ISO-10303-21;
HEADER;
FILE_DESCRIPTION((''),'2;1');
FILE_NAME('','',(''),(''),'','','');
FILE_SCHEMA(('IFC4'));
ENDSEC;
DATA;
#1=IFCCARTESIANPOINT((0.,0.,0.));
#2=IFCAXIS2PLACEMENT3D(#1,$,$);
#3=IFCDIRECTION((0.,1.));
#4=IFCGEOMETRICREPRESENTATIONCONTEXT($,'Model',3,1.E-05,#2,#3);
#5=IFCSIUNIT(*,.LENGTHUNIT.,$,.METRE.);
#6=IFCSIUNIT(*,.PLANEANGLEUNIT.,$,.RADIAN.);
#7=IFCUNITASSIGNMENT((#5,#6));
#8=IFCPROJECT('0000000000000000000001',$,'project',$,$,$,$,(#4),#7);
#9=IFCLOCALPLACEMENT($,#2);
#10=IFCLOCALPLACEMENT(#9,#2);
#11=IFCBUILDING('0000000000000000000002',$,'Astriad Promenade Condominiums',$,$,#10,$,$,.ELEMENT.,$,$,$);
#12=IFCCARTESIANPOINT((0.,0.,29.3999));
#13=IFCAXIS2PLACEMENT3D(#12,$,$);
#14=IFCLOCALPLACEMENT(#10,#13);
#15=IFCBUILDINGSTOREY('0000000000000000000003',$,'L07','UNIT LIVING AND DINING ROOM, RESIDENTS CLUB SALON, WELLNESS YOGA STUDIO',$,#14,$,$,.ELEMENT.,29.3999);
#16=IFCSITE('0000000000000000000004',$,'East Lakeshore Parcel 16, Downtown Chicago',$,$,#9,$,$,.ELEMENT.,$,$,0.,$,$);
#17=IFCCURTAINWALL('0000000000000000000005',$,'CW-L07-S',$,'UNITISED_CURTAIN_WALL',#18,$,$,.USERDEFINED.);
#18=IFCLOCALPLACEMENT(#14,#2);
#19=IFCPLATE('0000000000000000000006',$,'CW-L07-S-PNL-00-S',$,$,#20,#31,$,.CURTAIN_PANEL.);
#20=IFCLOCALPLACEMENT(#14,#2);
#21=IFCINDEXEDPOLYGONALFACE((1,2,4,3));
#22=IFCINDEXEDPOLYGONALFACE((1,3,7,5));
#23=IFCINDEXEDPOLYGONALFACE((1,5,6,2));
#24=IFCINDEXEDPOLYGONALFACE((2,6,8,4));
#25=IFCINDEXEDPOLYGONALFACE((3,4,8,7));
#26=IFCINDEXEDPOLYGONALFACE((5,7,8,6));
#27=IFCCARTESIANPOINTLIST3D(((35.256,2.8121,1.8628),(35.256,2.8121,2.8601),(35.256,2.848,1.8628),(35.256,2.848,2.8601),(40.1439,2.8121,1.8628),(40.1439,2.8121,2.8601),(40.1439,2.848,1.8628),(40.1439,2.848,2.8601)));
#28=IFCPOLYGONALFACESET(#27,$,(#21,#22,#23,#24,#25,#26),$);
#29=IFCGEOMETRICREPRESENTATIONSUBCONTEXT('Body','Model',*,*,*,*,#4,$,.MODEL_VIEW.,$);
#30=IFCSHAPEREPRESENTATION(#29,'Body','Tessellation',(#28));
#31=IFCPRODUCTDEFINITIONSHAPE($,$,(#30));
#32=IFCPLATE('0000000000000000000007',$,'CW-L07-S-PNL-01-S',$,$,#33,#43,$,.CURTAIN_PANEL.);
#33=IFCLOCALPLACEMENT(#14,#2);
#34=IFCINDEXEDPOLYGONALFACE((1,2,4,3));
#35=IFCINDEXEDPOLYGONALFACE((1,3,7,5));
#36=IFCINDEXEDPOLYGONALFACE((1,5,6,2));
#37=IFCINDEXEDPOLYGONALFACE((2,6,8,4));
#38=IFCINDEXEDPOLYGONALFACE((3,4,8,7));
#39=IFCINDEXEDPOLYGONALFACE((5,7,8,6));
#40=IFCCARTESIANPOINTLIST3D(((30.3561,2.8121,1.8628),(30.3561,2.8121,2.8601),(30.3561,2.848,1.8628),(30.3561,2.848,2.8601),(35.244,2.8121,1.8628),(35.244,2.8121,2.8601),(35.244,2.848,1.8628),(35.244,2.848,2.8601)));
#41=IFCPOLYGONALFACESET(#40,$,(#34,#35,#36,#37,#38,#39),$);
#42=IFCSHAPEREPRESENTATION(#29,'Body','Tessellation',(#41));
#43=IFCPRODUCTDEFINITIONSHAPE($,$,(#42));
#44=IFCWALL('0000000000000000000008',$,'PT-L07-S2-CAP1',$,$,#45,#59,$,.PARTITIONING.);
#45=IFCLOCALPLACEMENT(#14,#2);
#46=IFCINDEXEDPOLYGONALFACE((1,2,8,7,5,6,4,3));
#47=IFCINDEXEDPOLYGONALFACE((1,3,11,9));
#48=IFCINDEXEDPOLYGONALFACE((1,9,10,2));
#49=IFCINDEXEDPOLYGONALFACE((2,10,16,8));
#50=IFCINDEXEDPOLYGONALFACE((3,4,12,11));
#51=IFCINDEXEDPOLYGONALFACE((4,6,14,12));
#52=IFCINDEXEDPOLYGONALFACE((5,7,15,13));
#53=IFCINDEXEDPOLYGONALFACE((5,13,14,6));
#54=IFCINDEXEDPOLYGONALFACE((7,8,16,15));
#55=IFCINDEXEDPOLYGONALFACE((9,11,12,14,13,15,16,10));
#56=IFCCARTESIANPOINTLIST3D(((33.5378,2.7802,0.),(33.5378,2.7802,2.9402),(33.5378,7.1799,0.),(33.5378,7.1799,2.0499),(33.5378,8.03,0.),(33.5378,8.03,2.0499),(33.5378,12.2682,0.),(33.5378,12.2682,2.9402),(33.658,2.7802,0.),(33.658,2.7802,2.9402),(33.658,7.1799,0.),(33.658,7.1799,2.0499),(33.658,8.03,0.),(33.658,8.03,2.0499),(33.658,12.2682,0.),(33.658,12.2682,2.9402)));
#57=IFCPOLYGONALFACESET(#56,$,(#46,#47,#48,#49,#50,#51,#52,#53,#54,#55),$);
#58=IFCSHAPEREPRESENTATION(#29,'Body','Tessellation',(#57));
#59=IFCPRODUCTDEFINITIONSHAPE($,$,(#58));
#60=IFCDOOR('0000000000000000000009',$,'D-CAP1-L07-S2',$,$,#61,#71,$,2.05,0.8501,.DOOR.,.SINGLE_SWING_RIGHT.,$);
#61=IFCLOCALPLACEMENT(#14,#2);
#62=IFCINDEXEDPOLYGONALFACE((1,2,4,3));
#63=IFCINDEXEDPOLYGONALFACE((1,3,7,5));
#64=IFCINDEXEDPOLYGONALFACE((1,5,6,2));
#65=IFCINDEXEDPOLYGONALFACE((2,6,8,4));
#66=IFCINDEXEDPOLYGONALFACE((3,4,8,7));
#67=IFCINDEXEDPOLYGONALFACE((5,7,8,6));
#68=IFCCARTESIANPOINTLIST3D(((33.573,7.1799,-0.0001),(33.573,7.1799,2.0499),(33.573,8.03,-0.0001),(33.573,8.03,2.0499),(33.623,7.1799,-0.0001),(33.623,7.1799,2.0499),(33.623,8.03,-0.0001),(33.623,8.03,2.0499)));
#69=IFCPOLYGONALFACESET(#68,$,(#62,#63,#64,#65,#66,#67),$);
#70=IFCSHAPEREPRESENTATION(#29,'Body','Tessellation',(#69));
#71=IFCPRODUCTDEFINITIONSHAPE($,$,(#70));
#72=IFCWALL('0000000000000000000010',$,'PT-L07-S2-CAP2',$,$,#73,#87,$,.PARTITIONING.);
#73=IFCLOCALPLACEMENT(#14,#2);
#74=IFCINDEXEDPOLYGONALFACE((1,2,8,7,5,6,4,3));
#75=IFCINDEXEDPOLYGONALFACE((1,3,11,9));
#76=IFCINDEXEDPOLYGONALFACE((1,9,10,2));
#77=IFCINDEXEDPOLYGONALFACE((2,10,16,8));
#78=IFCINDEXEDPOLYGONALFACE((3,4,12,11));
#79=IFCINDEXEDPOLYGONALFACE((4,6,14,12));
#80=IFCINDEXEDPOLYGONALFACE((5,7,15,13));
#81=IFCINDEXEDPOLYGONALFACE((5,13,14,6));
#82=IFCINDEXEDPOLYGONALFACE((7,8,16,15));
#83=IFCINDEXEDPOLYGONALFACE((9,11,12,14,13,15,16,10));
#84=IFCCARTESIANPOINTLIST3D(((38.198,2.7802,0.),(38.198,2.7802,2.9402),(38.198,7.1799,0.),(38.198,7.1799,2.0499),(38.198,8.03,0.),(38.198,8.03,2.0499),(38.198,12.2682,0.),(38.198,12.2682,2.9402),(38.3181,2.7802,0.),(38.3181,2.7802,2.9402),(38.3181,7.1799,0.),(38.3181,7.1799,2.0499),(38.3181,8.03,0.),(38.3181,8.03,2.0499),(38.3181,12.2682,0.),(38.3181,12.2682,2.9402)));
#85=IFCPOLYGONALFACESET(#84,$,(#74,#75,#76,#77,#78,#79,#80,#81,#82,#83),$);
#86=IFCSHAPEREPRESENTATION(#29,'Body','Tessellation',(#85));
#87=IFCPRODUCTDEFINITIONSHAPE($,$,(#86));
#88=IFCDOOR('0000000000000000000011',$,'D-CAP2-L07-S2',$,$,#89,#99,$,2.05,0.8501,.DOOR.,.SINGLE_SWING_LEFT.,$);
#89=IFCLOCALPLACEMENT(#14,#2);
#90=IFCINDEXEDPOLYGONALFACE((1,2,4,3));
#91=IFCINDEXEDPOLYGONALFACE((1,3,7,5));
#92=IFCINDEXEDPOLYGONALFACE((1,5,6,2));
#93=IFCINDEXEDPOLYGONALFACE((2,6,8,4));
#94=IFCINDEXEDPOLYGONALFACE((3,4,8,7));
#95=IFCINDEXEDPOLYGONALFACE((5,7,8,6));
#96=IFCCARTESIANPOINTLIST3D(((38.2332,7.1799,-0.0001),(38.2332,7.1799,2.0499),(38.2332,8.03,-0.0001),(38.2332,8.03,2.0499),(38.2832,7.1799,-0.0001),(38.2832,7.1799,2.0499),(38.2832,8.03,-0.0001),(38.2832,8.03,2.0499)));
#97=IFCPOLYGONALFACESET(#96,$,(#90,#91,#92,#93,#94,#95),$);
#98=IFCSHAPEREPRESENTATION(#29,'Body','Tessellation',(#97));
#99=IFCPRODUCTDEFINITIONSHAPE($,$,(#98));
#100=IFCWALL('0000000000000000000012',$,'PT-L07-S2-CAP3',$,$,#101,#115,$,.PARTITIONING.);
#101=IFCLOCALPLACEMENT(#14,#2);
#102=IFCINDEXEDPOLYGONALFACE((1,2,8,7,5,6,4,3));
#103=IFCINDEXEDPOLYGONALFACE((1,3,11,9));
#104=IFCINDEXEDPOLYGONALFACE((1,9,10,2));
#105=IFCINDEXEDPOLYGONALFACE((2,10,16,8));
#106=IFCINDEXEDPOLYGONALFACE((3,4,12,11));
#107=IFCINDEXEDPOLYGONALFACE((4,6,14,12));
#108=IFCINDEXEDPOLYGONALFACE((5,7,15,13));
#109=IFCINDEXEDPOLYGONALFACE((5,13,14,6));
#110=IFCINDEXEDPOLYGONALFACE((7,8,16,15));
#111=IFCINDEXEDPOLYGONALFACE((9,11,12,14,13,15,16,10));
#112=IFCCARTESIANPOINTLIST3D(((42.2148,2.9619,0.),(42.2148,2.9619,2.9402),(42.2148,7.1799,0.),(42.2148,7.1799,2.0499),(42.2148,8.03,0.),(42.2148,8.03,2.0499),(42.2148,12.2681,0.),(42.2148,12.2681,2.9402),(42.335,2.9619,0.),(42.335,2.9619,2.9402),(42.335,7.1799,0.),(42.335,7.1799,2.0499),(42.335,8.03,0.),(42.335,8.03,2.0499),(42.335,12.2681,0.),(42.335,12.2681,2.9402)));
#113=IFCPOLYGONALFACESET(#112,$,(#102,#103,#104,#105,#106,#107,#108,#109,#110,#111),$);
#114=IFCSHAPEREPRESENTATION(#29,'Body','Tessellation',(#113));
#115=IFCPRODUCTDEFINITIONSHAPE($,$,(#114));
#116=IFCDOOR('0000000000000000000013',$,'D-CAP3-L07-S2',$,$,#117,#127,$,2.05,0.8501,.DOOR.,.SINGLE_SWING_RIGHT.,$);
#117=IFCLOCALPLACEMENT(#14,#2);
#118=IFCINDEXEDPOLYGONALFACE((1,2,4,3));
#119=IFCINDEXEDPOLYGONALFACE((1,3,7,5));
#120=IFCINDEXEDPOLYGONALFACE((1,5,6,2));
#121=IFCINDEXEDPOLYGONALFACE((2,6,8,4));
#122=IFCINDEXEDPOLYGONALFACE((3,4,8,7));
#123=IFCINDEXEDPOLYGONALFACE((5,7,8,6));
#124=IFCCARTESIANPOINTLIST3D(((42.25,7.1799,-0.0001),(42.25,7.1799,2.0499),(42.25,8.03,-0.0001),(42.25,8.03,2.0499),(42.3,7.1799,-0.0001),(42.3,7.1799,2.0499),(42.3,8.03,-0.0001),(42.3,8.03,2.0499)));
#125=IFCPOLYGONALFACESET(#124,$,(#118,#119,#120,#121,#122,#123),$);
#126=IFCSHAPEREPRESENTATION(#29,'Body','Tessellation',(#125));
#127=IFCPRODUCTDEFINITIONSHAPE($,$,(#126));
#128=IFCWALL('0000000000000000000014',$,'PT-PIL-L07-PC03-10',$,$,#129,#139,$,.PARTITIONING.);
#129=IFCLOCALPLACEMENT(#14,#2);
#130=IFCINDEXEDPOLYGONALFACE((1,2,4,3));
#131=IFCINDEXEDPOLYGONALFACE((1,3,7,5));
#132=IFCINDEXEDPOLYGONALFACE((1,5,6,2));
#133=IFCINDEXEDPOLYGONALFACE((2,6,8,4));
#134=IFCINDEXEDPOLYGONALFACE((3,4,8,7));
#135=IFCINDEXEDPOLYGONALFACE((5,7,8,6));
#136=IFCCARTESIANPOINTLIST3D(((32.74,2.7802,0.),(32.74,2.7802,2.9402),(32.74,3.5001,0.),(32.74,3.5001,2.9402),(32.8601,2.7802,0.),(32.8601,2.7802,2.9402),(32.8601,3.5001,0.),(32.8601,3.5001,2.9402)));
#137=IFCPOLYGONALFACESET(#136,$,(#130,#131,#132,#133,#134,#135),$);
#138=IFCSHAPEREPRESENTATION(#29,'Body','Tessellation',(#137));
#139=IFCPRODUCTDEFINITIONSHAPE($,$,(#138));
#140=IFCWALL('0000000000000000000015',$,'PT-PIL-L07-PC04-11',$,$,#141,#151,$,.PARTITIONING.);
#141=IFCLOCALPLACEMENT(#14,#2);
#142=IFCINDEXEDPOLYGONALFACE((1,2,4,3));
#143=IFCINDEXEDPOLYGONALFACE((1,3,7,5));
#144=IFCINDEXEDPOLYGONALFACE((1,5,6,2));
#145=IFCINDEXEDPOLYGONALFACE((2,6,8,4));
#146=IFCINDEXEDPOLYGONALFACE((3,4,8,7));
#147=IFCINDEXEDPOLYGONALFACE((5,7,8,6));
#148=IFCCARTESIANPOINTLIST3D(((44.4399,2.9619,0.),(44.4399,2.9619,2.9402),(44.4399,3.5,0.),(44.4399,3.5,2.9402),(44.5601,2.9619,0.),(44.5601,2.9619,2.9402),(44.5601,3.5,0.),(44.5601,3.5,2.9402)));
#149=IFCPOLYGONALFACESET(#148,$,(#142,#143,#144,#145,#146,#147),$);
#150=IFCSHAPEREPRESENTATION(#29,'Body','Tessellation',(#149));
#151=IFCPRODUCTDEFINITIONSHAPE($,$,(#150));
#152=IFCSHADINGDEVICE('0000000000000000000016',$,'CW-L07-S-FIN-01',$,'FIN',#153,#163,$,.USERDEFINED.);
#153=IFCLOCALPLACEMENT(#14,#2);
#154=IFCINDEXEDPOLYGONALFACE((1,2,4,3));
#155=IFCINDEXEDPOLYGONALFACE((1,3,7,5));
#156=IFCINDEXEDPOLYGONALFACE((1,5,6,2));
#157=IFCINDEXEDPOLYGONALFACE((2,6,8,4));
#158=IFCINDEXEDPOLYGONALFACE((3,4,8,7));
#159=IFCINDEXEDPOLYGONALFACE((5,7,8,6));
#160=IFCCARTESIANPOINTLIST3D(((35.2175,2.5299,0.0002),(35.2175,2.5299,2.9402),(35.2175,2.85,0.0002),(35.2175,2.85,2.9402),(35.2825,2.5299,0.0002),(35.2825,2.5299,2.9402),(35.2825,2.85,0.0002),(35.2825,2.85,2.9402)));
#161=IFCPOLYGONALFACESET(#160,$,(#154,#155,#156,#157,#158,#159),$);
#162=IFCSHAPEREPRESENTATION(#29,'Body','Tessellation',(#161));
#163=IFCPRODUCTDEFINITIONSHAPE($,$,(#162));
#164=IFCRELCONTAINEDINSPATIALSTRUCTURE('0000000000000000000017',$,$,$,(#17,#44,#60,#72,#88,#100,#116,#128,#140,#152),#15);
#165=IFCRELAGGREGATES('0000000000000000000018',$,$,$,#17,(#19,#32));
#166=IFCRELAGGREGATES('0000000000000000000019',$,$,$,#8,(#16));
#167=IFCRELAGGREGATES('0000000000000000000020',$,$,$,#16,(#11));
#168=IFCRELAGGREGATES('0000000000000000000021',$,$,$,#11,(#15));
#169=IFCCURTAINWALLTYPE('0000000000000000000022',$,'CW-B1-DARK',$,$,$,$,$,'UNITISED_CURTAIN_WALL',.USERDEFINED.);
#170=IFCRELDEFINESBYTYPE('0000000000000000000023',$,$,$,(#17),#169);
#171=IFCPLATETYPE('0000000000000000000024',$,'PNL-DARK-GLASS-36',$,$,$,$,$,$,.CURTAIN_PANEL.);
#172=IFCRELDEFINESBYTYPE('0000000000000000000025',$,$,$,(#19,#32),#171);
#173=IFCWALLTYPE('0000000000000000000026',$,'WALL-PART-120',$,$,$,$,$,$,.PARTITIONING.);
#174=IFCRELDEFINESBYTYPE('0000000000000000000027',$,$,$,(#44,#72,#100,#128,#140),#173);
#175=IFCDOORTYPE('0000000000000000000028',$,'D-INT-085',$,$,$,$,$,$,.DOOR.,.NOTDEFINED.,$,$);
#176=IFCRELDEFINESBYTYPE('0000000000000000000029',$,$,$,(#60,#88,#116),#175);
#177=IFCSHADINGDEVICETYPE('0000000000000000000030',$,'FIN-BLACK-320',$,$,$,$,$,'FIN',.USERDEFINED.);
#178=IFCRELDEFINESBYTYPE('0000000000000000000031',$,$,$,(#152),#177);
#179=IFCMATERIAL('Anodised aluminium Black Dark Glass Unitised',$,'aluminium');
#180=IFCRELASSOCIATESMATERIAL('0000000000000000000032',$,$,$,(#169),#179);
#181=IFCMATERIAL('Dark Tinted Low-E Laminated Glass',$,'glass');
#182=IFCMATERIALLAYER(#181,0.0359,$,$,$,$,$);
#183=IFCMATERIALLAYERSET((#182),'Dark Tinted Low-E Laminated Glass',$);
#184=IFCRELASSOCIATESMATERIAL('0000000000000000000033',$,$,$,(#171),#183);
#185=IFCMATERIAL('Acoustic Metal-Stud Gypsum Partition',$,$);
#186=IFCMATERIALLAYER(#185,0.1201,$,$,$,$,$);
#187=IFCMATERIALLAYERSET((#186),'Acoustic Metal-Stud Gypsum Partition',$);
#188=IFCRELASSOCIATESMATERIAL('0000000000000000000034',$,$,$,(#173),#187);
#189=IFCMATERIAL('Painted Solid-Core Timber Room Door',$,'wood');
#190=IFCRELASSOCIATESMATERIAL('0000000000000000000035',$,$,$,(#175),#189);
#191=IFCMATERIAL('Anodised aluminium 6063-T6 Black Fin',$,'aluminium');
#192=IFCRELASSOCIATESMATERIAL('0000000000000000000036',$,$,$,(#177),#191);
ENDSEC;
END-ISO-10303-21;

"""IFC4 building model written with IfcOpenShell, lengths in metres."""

from ifc_helpers import new_model, si_unit, direction, frame, frame_2d, origin, origin_2d, place, context, subcontext, project, spatial, rectangle, extrude, source, transform, mapped, material, layer, layer_set, type_object, type_shapes, element, fill, aggregate, save


model = new_model("IFC4")

# Units and contexts
model_context = context("Model", 3, precision=1e-05, world=origin(), true_north=direction((0.0, 1.0)))
body_context = subcontext(model_context, "Body", "Model", "MODEL_VIEW")
ifc_project = project(units=[si_unit("LENGTHUNIT", "METRE"), si_unit("PLANEANGLEUNIT", "RADIAN")], contexts=[model_context])

# Site, building, storey
site_placement = place(None, origin())
site = spatial("IfcSite", under=ifc_project, at=site_placement, Name="East Lakeshore Parcel 16, Downtown Chicago", CompositionType="ELEMENT", RefElevation=0.0)
building_placement = place(site_placement, origin())
building = spatial("IfcBuilding", under=site, at=building_placement, Name="Astriad Promenade Condominiums", CompositionType="ELEMENT")
storey_placement = place(building_placement, frame((0.0, 0.0, 29.3999)))
storey = spatial("IfcBuildingStorey", under=building, at=storey_placement, Name="L07", Description="UNIT LIVING AND DINING ROOM, RESIDENTS CLUB SALON, WELLNESS YOGA STUDIO", CompositionType="ELEMENT", Elevation=29.3999)

# Curtain wall, plates
ifc_material_1 = material(Name="Anodised aluminium Black Dark Glass Unitised", Category="aluminium")
curtain_wall_type = type_object("IfcCurtainWallType", Name="CW-B1-DARK", ElementType="UNITISED_CURTAIN_WALL", PredefinedType="USERDEFINED", material=ifc_material_1)
curtain_wall_placement = place(storey_placement, origin())
curtain_wall = element("IfcCurtainWall", 1, at=curtain_wall_placement, inside=storey, type_object=curtain_wall_type, Name="CW-L07-S", ObjectType="UNITISED_CURTAIN_WALL", PredefinedType="USERDEFINED")
ifc_material_2 = material(Name="Dark Tinted Low-E Laminated Glass", Category="glass")
ifc_layer_1 = layer(ifc_material_2, 0.0359)
ifc_layer_set_1 = layer_set([ifc_layer_1], Name="Dark Tinted Low-E Laminated Glass")
plate_type = type_object("IfcPlateType", Name="PNL-DARK-GLASS-36", PredefinedType="CURTAIN_PANEL", material=ifc_layer_set_1)
shared_shape_1 = source(origin(), body_context, "Body", "SweptSolid", [
    extrude(rectangle(XDim=4.8879, YDim=0.0359, at=origin_2d()), origin(), (0.0, 0.0, 1.0), 0.9973),
])
plate_1_placement = place(storey_placement, frame((37.7, 2.8301, 1.8628), z_axis=(0.0, 0.0, 1.0), x_axis=(-1.0, 0.0, 0.0)))
plate_1 = element("IfcPlate", 2, at=plate_1_placement, type_object=plate_type, Name="CW-L07-S-PNL-00-S", PredefinedType="CURTAIN_PANEL", context=body_context, shape_type="MappedRepresentation", body=[
    mapped(shared_shape_1, transform((0.0, 0.0, 0.0), scale=1.0)),
])
plate_2_placement = place(storey_placement, frame((32.8, 2.8301, 1.8628), z_axis=(0.0, 0.0, 1.0), x_axis=(-1.0, 0.0, 0.0)))
plate_2 = element("IfcPlate", 3, at=plate_2_placement, type_object=plate_type, Name="CW-L07-S-PNL-01-S", PredefinedType="CURTAIN_PANEL", context=body_context, shape_type="MappedRepresentation", body=[
    mapped(shared_shape_1, transform((0.0, 0.0, 0.0), scale=1.0)),
])
aggregate(curtain_wall, [plate_1, plate_2])

# Walls, openings, doors
ifc_material_3 = material(Name="Acoustic Metal-Stud Gypsum Partition")
ifc_layer_2 = layer(ifc_material_3, 0.1201)
ifc_layer_set_2 = layer_set([ifc_layer_2], Name="Acoustic Metal-Stud Gypsum Partition")
wall_type = type_object("IfcWallType", Name="WALL-PART-120", PredefinedType="PARTITIONING", material=ifc_layer_set_2)
wall_1_placement = place(storey_placement, frame((33.5979, 2.78, 0.0), z_axis=(0.0, 0.0, 1.0), x_axis=(0.0, 1.0, 0.0)))
wall_1 = element("IfcWall", 4, at=wall_1_placement, inside=storey, type_object=wall_type, Name="PT-L07-S2-CAP1", PredefinedType="PARTITIONING", context=body_context, shape_type="SweptSolid", body=[
    extrude(rectangle(XDim=9.488, YDim=0.1201, at=frame_2d((4.7441, 0.0))), origin(), (0.0, 0.0, 1.0), 2.9402),
])
opening_1_placement = place(wall_1_placement, frame((4.3999, 0.0, 0.0)))
opening_1 = element("IfcOpeningElement", 5, at=opening_1_placement, cuts=wall_1, PredefinedType="OPENING", context=body_context, shape_type="SweptSolid", body=[
    extrude(rectangle(XDim=0.8501, YDim=2.05, at=frame_2d((0.425, 1.0249))), frame((0.0, 0.0701, 0.0), z_axis=(0.0, -1.0, 0.0), x_axis=(1.0, 0.0, 0.0)), (0.0, 0.0, 1.0), 0.1401),
])
ifc_material_4 = material(Name="Painted Solid-Core Timber Room Door", Category="wood")
door_type = type_object("IfcDoorType", Name="D-INT-085", OperationType="NOTDEFINED", PredefinedType="DOOR", material=ifc_material_4)
shared_shape_2 = source(origin(), body_context, "Body", "SweptSolid", [
    extrude(rectangle(XDim=0.8501, YDim=2.05, at=frame_2d((0.425, 1.0249))), frame((0.0, 0.0249, 0.0), z_axis=(0.0, -1.0, 0.0), x_axis=(1.0, 0.0, 0.0)), (0.0, 0.0, 1.0), 0.05),
])
type_shapes(door_type, [shared_shape_2])
door_1_placement = place(opening_1_placement, origin())
door_1 = element("IfcDoor", 6, at=door_1_placement, inside=storey, type_object=door_type, Name="D-CAP1-L07-S2", OperationType="SINGLE_SWING_RIGHT", OverallHeight=2.05, OverallWidth=0.8501, PredefinedType="DOOR", context=body_context, shape_type="MappedRepresentation", body=[
    mapped(shared_shape_2, transform((0.0, 0.0, 0.0), scale=1.0)),
])
fill(opening_1, door_1)
wall_2_placement = place(storey_placement, frame((38.2581, 2.78, 0.0), z_axis=(0.0, 0.0, 1.0), x_axis=(0.0, 1.0, 0.0)))
wall_2 = element("IfcWall", 7, at=wall_2_placement, inside=storey, type_object=wall_type, Name="PT-L07-S2-CAP2", PredefinedType="PARTITIONING", context=body_context, shape_type="SweptSolid", body=[
    extrude(rectangle(XDim=9.488, YDim=0.1201, at=frame_2d((4.7441, 0.0))), origin(), (0.0, 0.0, 1.0), 2.9402),
])
opening_2_placement = place(wall_2_placement, frame((4.3999, 0.0, 0.0)))
opening_2 = element("IfcOpeningElement", 8, at=opening_2_placement, cuts=wall_2, PredefinedType="OPENING", context=body_context, shape_type="SweptSolid", body=[
    extrude(rectangle(XDim=0.8501, YDim=2.05, at=frame_2d((0.425, 1.0249))), frame((0.0, 0.0701, 0.0), z_axis=(0.0, -1.0, 0.0), x_axis=(1.0, 0.0, 0.0)), (0.0, 0.0, 1.0), 0.1401),
])
door_2_placement = place(opening_2_placement, origin())
door_2 = element("IfcDoor", 9, at=door_2_placement, inside=storey, type_object=door_type, Name="D-CAP2-L07-S2", OperationType="SINGLE_SWING_LEFT", OverallHeight=2.05, OverallWidth=0.8501, PredefinedType="DOOR", context=body_context, shape_type="MappedRepresentation", body=[
    mapped(shared_shape_2, transform((0.0, 0.0, 0.0), scale=1.0)),
])
fill(opening_2, door_2)
wall_3_placement = place(storey_placement, frame((42.2749, 2.9619, 0.0), z_axis=(0.0, 0.0, 1.0), x_axis=(0.0, 1.0, 0.0)))
wall_3 = element("IfcWall", 10, at=wall_3_placement, inside=storey, type_object=wall_type, Name="PT-L07-S2-CAP3", PredefinedType="PARTITIONING", context=body_context, shape_type="SweptSolid", body=[
    extrude(rectangle(XDim=9.3062, YDim=0.1201, at=frame_2d((4.6531, 0.0))), origin(), (0.0, 0.0, 1.0), 2.9402),
])
opening_3_placement = place(wall_3_placement, frame((4.218, 0.0, 0.0)))
opening_3 = element("IfcOpeningElement", 11, at=opening_3_placement, cuts=wall_3, PredefinedType="OPENING", context=body_context, shape_type="SweptSolid", body=[
    extrude(rectangle(XDim=0.8501, YDim=2.05, at=frame_2d((0.425, 1.0249))), frame((0.0, 0.0701, 0.0), z_axis=(0.0, -1.0, 0.0), x_axis=(1.0, 0.0, 0.0)), (0.0, 0.0, 1.0), 0.1401),
])
door_3_placement = place(opening_3_placement, origin())
door_3 = element("IfcDoor", 12, at=door_3_placement, inside=storey, type_object=door_type, Name="D-CAP3-L07-S2", OperationType="SINGLE_SWING_RIGHT", OverallHeight=2.05, OverallWidth=0.8501, PredefinedType="DOOR", context=body_context, shape_type="MappedRepresentation", body=[
    mapped(shared_shape_2, transform((0.0, 0.0, 0.0), scale=1.0)),
])
fill(opening_3, door_3)

# Walls
wall_4_placement = place(storey_placement, frame((32.8, 3.5, 0.0), z_axis=(0.0, 0.0, 1.0), x_axis=(0.0, -1.0, 0.0)))
element("IfcWall", 13, at=wall_4_placement, inside=storey, type_object=wall_type, Name="PT-PIL-L07-PC03-10", PredefinedType="PARTITIONING", context=body_context, shape_type="SweptSolid", body=[
    extrude(rectangle(XDim=0.72, YDim=0.1201, at=frame_2d((0.3599, 0.0))), origin(), (0.0, 0.0, 1.0), 2.9402),
])
wall_5_placement = place(storey_placement, frame((44.5, 3.5, 0.0), z_axis=(0.0, 0.0, 1.0), x_axis=(0.0, -1.0, 0.0)))
element("IfcWall", 14, at=wall_5_placement, inside=storey, type_object=wall_type, Name="PT-PIL-L07-PC04-11", PredefinedType="PARTITIONING", context=body_context, shape_type="SweptSolid", body=[
    extrude(rectangle(XDim=0.5381, YDim=0.1201, at=frame_2d((0.269, 0.0))), origin(), (0.0, 0.0, 1.0), 2.9402),
])

# Shading device
ifc_material_5 = material(Name="Anodised aluminium 6063-T6 Black Fin", Category="aluminium")
shading_device_type = type_object("IfcShadingDeviceType", Name="FIN-BLACK-320", ElementType="FIN", PredefinedType="USERDEFINED", material=ifc_material_5)
shared_shape_3 = source(origin(), body_context, "Body", "SweptSolid", [
    extrude(rectangle(XDim=0.0649, YDim=0.3201, at=origin_2d()), origin(), (0.0, 0.0, 1.0), 2.9399),
])
type_shapes(shading_device_type, [shared_shape_3])
shading_device_placement = place(storey_placement, frame((35.25, 2.6899, 0.0002), z_axis=(0.0, 0.0, 1.0), x_axis=(-1.0, 0.0, 0.0)))
element("IfcShadingDevice", 15, at=shading_device_placement, inside=storey, type_object=shading_device_type, Name="CW-L07-S-FIN-01", ObjectType="FIN", PredefinedType="USERDEFINED", context=body_context, shape_type="MappedRepresentation", body=[
    mapped(shared_shape_3, transform((0.0, 0.0, 0.0), scale=1.0)),
])

save(model, "model.ifc")
